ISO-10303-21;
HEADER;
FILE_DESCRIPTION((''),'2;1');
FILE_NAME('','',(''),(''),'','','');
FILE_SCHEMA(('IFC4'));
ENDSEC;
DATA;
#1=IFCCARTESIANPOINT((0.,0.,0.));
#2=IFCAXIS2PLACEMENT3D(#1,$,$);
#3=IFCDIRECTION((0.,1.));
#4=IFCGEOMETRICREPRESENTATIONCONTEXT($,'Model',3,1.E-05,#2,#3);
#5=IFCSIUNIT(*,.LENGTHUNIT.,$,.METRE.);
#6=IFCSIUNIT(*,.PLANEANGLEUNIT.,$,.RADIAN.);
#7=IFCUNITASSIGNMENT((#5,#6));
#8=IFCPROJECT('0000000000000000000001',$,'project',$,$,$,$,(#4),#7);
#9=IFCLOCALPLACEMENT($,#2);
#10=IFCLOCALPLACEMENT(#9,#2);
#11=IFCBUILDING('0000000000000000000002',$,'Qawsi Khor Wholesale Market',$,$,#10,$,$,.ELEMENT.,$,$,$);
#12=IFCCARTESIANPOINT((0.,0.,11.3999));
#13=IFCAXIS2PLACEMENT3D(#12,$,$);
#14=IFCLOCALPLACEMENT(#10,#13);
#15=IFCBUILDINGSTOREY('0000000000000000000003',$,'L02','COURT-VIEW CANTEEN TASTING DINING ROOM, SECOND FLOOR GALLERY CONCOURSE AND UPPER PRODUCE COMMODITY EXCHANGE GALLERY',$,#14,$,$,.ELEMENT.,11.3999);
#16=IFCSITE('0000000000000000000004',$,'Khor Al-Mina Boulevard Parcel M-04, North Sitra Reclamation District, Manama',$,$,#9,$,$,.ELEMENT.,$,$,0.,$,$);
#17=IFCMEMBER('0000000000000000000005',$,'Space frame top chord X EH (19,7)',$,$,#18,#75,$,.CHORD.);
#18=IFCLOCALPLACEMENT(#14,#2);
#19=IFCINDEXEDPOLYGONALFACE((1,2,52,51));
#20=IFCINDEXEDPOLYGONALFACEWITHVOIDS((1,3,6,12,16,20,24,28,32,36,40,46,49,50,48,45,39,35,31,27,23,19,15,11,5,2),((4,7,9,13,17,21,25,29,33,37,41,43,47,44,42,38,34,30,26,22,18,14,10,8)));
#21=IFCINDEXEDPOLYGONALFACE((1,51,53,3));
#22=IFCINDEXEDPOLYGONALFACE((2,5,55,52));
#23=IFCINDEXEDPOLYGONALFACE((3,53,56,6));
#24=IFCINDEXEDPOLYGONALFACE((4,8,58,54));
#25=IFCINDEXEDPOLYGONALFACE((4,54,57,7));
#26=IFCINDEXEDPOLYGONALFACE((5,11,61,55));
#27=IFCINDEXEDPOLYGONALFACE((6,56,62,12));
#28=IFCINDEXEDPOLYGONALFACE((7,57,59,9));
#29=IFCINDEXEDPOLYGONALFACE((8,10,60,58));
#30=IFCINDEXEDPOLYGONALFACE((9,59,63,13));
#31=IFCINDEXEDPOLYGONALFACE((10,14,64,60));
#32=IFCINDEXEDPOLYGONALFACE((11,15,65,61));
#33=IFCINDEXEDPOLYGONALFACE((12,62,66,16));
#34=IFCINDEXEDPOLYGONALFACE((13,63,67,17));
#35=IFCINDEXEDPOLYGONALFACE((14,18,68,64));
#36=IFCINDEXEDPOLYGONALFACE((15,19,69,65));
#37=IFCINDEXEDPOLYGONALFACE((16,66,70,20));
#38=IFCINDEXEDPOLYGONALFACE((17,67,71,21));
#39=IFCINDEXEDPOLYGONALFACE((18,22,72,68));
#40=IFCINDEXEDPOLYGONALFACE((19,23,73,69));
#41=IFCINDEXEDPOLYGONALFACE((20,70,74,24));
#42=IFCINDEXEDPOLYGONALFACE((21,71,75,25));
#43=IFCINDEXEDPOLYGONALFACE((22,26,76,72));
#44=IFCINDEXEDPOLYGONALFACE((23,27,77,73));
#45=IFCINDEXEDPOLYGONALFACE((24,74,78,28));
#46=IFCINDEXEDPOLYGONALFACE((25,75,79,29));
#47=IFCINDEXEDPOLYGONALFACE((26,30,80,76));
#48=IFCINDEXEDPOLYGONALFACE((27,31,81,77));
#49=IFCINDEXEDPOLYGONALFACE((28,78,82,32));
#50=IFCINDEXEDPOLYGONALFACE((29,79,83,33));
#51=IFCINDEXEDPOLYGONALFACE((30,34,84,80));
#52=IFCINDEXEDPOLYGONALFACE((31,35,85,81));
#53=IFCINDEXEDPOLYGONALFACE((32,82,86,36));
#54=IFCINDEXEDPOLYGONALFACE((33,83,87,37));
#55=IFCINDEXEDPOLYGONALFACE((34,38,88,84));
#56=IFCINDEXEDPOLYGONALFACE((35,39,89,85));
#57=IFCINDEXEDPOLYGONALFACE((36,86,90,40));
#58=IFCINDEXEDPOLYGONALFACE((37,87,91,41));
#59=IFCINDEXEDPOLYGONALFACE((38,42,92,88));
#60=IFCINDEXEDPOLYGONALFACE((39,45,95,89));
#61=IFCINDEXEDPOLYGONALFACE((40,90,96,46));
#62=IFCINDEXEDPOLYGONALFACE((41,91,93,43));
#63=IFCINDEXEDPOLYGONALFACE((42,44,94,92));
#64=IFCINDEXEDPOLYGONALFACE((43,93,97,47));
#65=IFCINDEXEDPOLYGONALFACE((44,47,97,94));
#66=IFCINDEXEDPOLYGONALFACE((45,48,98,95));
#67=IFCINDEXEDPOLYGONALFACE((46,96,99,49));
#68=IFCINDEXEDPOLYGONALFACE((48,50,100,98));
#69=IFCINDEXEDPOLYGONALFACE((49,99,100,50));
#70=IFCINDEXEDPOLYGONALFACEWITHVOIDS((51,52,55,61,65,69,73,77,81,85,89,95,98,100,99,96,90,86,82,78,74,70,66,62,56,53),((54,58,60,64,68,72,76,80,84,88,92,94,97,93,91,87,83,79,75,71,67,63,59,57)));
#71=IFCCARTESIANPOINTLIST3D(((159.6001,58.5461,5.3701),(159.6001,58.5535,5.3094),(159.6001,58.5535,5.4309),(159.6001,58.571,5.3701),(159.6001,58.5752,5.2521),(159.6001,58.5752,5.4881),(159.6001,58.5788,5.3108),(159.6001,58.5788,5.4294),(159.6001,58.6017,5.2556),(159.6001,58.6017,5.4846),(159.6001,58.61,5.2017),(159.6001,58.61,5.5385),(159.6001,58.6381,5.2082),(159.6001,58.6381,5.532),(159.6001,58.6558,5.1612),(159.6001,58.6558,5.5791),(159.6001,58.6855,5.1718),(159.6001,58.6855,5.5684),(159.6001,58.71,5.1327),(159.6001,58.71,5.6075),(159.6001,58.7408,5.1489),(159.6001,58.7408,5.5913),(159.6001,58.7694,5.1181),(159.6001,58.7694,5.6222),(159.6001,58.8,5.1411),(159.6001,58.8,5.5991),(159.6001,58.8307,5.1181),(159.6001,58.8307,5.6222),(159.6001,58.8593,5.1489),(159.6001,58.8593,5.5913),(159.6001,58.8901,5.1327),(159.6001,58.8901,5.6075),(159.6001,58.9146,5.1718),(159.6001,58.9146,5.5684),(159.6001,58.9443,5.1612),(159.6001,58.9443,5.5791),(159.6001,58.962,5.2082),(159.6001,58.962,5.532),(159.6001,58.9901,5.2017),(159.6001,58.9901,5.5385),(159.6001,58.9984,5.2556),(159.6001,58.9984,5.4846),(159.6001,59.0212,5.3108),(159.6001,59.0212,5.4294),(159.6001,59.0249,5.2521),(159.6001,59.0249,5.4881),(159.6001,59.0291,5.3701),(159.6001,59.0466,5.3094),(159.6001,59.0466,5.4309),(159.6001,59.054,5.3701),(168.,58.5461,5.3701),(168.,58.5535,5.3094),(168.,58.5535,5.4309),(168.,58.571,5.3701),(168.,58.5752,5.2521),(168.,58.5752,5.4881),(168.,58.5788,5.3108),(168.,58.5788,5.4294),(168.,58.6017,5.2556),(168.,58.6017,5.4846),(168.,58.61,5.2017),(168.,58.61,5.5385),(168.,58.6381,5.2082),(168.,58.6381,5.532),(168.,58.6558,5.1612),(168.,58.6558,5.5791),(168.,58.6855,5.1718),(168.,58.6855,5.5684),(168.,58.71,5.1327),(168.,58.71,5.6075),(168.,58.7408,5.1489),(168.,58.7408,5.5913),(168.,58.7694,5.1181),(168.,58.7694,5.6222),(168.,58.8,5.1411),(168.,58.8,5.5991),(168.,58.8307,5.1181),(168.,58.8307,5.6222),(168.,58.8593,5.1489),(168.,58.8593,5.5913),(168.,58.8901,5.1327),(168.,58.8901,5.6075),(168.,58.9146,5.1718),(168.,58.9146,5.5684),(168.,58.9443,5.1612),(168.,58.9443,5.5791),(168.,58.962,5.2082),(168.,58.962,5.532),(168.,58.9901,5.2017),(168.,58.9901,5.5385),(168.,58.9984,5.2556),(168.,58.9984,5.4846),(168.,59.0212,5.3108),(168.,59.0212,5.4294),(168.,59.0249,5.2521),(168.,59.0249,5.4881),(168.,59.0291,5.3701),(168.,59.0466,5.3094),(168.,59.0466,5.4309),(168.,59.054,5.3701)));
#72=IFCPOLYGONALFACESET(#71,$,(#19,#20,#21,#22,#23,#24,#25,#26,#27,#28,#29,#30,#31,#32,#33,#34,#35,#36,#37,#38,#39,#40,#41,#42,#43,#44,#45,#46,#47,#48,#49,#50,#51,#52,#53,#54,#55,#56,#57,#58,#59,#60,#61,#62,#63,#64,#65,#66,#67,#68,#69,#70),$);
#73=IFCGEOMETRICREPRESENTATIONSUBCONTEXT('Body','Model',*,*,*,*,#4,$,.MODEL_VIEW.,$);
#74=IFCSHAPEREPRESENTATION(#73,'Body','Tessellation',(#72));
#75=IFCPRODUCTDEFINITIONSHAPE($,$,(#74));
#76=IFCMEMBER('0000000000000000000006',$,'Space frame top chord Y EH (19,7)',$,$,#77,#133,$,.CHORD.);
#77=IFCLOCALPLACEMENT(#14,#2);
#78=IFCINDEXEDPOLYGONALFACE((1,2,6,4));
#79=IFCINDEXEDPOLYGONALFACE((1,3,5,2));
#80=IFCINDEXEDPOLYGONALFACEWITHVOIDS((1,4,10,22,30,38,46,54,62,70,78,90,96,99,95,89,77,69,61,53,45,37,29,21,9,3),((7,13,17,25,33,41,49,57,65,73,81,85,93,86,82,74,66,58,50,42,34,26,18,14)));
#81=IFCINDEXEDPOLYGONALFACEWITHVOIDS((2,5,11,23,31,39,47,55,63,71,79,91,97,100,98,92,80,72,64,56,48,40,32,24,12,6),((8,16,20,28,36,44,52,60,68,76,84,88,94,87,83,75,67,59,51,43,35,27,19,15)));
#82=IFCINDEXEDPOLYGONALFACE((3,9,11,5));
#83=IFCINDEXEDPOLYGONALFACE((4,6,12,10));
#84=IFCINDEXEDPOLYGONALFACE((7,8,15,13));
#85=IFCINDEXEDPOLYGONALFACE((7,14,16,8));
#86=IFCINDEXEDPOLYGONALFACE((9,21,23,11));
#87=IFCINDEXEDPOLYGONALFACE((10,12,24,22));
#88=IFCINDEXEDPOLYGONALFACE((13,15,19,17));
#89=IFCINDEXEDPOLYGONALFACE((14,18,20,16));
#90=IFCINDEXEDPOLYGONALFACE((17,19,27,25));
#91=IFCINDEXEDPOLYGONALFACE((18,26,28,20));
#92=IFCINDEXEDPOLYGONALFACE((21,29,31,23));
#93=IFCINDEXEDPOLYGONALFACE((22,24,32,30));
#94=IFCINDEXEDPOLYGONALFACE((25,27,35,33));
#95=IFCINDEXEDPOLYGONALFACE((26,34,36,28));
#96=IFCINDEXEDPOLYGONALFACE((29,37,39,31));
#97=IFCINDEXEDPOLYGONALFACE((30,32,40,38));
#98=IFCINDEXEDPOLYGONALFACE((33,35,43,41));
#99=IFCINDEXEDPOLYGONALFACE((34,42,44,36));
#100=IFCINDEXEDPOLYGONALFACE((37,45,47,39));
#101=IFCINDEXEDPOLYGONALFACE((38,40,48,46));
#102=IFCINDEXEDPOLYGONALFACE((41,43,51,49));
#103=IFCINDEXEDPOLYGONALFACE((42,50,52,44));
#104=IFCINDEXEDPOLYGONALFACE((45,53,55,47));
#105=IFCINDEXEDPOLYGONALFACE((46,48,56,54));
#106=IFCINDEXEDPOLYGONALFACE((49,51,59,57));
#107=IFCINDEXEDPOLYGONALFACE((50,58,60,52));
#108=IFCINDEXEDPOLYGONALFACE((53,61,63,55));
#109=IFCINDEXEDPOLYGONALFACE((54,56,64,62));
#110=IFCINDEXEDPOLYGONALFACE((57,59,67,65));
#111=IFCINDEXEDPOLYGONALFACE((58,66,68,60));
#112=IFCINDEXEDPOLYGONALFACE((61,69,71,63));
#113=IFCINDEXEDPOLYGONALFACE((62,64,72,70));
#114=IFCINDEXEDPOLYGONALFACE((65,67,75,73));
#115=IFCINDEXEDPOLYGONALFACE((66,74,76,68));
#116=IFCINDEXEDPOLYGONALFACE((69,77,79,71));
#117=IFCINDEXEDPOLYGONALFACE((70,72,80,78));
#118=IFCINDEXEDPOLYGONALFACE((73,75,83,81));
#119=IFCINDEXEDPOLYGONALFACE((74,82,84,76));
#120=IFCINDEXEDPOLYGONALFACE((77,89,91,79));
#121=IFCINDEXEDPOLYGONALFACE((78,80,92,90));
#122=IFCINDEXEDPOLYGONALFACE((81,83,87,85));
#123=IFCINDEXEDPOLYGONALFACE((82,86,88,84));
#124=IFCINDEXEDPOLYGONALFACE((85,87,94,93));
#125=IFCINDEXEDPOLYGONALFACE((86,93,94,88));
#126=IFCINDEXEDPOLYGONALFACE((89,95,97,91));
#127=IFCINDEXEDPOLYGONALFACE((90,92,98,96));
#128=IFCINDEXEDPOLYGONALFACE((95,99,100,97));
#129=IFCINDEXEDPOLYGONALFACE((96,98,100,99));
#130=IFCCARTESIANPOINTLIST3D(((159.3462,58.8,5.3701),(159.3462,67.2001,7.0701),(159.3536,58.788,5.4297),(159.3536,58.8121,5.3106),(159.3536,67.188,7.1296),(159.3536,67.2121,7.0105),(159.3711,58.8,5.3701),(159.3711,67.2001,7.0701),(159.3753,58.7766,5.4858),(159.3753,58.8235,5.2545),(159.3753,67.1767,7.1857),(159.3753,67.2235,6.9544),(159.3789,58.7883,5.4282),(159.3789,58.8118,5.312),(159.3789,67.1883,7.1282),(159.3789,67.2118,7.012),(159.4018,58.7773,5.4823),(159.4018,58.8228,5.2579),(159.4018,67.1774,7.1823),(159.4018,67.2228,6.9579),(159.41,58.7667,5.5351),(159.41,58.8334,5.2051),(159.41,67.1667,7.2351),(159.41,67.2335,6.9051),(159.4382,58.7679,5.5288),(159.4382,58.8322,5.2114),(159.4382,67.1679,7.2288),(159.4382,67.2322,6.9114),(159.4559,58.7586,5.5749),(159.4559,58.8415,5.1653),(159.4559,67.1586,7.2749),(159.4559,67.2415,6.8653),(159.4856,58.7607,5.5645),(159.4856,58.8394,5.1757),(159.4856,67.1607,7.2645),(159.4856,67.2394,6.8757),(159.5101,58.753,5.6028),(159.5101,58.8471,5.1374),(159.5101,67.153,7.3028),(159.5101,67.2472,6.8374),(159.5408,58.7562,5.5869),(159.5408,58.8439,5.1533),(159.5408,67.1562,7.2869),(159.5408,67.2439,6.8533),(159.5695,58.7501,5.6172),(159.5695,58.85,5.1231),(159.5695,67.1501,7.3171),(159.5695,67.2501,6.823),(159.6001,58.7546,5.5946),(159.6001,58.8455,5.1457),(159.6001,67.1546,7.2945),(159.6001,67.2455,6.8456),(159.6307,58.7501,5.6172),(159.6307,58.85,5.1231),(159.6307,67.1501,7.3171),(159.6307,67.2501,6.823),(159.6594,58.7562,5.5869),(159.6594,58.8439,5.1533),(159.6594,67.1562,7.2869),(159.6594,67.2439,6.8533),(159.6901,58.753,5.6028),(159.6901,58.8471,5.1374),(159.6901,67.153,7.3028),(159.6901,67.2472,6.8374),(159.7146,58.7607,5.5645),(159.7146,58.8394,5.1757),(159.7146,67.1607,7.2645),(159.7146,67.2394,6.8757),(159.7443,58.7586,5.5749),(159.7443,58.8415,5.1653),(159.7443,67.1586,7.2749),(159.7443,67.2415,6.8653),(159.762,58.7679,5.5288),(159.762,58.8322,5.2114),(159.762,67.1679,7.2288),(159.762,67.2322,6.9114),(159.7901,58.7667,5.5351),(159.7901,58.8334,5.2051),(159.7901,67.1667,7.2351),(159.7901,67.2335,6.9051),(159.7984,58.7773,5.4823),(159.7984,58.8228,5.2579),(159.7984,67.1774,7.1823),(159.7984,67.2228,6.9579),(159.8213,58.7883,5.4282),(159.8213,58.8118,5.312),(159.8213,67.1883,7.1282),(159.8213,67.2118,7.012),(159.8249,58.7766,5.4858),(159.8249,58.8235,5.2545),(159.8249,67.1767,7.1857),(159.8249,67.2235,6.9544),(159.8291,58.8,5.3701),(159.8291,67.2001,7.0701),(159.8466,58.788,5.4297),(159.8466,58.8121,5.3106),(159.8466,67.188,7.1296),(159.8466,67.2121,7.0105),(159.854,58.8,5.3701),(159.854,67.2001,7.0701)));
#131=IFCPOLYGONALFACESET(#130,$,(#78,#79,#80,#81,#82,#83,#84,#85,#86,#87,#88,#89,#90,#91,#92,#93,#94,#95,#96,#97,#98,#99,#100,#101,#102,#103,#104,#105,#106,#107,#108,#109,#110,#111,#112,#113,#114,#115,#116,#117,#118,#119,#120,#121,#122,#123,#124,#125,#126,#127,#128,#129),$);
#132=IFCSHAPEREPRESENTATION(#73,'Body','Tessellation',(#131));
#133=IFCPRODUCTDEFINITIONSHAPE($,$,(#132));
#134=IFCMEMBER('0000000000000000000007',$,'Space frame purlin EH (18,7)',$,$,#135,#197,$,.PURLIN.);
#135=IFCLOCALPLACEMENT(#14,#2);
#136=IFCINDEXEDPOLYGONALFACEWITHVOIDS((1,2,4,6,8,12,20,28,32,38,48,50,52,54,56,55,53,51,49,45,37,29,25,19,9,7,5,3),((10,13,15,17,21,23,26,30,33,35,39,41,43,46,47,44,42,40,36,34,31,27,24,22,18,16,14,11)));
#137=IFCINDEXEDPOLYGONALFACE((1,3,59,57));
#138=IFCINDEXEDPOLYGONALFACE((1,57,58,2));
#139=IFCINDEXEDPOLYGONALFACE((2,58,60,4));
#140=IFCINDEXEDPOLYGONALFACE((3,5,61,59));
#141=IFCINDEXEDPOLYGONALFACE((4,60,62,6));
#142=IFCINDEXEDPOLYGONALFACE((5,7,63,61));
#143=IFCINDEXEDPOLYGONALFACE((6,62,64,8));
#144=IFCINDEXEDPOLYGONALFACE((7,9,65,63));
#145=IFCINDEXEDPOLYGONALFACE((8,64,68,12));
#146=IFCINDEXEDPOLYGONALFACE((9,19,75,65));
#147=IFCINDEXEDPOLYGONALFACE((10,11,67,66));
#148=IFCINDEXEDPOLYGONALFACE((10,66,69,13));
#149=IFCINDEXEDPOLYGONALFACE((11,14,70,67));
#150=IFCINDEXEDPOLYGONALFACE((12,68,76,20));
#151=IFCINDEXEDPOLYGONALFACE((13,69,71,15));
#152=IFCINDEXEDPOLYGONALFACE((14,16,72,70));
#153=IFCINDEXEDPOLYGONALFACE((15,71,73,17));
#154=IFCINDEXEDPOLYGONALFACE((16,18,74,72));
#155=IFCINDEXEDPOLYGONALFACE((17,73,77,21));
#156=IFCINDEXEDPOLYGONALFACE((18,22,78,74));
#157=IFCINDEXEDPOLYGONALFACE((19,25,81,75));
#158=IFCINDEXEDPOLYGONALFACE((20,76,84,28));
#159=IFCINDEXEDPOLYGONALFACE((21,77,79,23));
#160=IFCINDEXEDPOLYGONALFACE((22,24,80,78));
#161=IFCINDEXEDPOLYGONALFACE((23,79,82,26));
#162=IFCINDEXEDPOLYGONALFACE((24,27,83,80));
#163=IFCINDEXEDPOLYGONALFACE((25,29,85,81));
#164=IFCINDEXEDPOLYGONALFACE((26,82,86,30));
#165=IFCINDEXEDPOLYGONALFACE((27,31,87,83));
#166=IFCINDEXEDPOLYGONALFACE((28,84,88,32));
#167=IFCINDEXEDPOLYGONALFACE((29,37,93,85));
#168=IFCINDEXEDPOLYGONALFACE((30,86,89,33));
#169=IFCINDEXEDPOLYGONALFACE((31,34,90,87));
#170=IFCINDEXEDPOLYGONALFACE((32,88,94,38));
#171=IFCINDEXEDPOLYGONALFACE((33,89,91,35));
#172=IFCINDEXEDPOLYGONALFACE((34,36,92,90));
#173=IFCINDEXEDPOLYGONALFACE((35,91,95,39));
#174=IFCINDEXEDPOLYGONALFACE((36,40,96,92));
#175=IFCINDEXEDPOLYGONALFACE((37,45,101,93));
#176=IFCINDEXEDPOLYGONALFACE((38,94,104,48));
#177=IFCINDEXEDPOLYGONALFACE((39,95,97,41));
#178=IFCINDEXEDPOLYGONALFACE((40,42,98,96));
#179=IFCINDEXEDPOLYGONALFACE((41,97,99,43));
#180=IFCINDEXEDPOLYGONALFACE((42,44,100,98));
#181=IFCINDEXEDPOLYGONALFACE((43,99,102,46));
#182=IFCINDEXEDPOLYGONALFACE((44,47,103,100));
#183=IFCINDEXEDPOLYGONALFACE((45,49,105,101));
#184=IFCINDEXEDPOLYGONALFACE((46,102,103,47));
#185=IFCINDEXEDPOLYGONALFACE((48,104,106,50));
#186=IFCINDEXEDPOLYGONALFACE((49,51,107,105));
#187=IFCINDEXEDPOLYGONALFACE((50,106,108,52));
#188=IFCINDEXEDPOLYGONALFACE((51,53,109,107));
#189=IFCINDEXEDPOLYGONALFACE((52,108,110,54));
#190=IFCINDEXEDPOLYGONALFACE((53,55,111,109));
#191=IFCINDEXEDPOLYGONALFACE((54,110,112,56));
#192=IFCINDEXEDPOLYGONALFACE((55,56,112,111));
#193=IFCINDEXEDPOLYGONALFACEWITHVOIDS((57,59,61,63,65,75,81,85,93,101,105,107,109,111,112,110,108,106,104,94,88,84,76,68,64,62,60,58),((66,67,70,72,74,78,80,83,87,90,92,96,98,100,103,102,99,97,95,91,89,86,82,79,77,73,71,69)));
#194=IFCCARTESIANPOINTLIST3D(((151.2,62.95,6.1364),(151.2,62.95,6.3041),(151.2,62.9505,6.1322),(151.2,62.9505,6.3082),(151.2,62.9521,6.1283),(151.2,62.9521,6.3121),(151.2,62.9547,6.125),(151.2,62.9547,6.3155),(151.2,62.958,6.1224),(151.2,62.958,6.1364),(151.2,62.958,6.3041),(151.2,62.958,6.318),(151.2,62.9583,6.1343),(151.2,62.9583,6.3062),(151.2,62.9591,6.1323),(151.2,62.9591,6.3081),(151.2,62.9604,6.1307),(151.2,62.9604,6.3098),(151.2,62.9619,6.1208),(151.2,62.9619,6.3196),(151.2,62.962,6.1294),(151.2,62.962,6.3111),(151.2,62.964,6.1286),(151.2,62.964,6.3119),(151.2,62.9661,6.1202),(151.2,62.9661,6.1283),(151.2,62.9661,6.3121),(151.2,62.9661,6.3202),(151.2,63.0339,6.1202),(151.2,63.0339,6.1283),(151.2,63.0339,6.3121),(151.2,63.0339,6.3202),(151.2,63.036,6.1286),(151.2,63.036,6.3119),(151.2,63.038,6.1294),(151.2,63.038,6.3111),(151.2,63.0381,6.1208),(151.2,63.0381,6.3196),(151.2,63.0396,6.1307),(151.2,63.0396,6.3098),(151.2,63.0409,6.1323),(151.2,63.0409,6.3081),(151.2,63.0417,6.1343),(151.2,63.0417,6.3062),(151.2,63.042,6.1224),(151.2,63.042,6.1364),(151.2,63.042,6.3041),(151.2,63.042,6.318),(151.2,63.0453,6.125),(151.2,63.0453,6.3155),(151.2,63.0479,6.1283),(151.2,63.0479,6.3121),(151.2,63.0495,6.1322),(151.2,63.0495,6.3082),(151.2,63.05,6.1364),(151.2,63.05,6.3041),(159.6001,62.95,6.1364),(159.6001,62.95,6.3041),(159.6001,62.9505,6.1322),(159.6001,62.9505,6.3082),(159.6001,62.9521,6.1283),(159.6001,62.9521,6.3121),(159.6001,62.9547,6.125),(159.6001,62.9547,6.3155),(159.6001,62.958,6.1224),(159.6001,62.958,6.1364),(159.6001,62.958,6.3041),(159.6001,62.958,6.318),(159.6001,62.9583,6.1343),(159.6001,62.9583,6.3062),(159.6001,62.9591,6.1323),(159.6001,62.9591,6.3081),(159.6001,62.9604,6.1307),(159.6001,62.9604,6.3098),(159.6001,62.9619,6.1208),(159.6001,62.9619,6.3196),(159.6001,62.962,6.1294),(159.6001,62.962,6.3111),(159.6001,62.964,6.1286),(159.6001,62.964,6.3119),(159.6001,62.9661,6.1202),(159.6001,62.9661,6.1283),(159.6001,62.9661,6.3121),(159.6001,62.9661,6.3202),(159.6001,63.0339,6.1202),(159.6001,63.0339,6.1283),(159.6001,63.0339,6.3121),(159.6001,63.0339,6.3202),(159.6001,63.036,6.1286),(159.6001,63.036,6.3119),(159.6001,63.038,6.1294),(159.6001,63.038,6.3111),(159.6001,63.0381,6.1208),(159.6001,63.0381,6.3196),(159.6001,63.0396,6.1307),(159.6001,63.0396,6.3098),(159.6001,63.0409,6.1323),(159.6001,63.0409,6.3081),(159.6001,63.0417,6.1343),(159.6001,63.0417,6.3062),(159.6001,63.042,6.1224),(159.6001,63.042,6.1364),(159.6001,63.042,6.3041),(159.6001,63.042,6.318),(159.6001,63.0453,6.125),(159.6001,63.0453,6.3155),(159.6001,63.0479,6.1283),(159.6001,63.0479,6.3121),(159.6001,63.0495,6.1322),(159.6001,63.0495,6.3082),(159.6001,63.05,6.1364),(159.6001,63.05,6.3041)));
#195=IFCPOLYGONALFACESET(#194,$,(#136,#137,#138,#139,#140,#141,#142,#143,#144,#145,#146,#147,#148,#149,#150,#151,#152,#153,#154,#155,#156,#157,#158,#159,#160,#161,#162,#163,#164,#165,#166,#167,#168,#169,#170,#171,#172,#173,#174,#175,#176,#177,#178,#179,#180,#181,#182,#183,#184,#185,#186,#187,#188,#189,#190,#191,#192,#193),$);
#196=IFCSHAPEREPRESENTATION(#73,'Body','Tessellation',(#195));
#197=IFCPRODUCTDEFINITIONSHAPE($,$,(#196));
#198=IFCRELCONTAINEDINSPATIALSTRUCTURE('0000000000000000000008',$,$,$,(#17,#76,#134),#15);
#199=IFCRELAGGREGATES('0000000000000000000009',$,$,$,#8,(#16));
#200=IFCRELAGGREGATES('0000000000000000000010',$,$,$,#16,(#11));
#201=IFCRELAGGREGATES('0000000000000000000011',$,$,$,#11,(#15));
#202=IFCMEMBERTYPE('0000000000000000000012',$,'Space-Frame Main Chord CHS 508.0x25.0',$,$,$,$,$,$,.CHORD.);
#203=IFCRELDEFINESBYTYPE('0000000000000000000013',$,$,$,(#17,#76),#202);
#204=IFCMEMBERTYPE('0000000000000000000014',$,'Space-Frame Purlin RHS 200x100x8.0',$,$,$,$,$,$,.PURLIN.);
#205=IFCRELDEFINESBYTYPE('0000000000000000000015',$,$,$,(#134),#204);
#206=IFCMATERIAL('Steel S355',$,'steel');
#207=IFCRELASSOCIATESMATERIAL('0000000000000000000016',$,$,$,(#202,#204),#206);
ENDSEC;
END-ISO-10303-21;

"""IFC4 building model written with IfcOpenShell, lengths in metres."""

from ifc_helpers import new_model, si_unit, direction, frame, origin, origin_2d, place, context, subcontext, project, spatial, hollow_rectangle, hollow_circle, extrude, material, material_profile, profile_set, type_object, element, save


model = new_model("IFC4")

# Units and contexts
model_context = context("Model", 3, precision=1e-05, world=origin(), true_north=direction((0.0, 1.0)))
body_context = subcontext(model_context, "Body", "Model", "MODEL_VIEW")
ifc_project = project(units=[si_unit("LENGTHUNIT", "METRE"), si_unit("PLANEANGLEUNIT", "RADIAN")], contexts=[model_context])

# Site, building, storey
site_placement = place(None, origin())
site = spatial("IfcSite", under=ifc_project, at=site_placement, Name="Khor Al-Mina Boulevard Parcel M-04, North Sitra Reclamation District, Manama", CompositionType="ELEMENT", RefElevation=0.0)
building_placement = place(site_placement, origin())
building = spatial("IfcBuilding", under=site, at=building_placement, Name="Qawsi Khor Wholesale Market", CompositionType="ELEMENT")
storey_placement = place(building_placement, frame((0.0, 0.0, 11.3999)))
storey = spatial("IfcBuildingStorey", under=building, at=storey_placement, Name="L02", Description="COURT-VIEW CANTEEN TASTING DINING ROOM, SECOND FLOOR GALLERY CONCOURSE AND UPPER PRODUCE COMMODITY EXCHANGE GALLERY", CompositionType="ELEMENT", Elevation=11.3999)

# Members
ifc_material_1 = material(Name="Steel S355", Category="steel")
ifc_material_profile_1 = material_profile(ifc_material_1, hollow_circle(Radius=0.2539, WallThickness=0.0249, at=origin_2d()), Name="CHS 508.0x25.0")
ifc_profile_set_1 = profile_set([ifc_material_profile_1], Name="Steel S355")
member_type_1 = type_object("IfcMemberType", Name="Space-Frame Main Chord CHS 508.0x25.0", PredefinedType="CHORD", material=ifc_profile_set_1)
member_1_placement = place(storey_placement, frame((159.6001, 58.8, 5.3701), z_axis=(1.0, 0.0, 0.0), x_axis=(0.0, 1.0, 0.0)))
element("IfcMember", 1, at=member_1_placement, inside=storey, type_object=member_type_1, Name="Space frame top chord X EH (19,7)", PredefinedType="CHORD", context=body_context, shape_type="SweptSolid", body=[
    extrude(hollow_circle(Radius=0.2539, WallThickness=0.0249, at=origin_2d()), origin(), (0.0, 0.0, 1.0), 8.3999),
])
member_2_placement = place(storey_placement, frame((159.6001, 58.8, 5.3701), z_axis=(0.0, 0.98013, 0.198356), x_axis=(-1.0, 0.0, 0.0)))
element("IfcMember", 2, at=member_2_placement, inside=storey, type_object=member_type_1, Name="Space frame top chord Y EH (19,7)", PredefinedType="CHORD", context=body_context, shape_type="SweptSolid", body=[
    extrude(hollow_circle(Radius=0.2539, WallThickness=0.0249, at=origin_2d()), origin(), (0.0, 0.0, 1.0), 8.5703),
])
ifc_material_profile_2 = material_profile(ifc_material_1, hollow_rectangle(XDim=0.1001, YDim=0.2, WallThickness=0.0081, InnerFilletRadius=0.0081, OuterFilletRadius=0.0161, at=origin_2d()), Name="RHS 200x100x8.0")
ifc_profile_set_2 = profile_set([ifc_material_profile_2], Name="Steel S355")
member_type_2 = type_object("IfcMemberType", Name="Space-Frame Purlin RHS 200x100x8.0", PredefinedType="PURLIN", material=ifc_profile_set_2)
member_3_placement = place(storey_placement, frame((151.2, 63.0, 6.2202), z_axis=(1.0, 0.0, 0.0), x_axis=(0.0, 1.0, 0.0)))
element("IfcMember", 3, at=member_3_placement, inside=storey, type_object=member_type_2, Name="Space frame purlin EH (18,7)", PredefinedType="PURLIN", context=body_context, shape_type="SweptSolid", body=[
    extrude(hollow_rectangle(XDim=0.1001, YDim=0.2, WallThickness=0.0081, InnerFilletRadius=0.0081, OuterFilletRadius=0.0161, at=origin_2d()), origin(), (0.0, 0.0, 1.0), 8.4001),
])

save(model, "model.ifc")
